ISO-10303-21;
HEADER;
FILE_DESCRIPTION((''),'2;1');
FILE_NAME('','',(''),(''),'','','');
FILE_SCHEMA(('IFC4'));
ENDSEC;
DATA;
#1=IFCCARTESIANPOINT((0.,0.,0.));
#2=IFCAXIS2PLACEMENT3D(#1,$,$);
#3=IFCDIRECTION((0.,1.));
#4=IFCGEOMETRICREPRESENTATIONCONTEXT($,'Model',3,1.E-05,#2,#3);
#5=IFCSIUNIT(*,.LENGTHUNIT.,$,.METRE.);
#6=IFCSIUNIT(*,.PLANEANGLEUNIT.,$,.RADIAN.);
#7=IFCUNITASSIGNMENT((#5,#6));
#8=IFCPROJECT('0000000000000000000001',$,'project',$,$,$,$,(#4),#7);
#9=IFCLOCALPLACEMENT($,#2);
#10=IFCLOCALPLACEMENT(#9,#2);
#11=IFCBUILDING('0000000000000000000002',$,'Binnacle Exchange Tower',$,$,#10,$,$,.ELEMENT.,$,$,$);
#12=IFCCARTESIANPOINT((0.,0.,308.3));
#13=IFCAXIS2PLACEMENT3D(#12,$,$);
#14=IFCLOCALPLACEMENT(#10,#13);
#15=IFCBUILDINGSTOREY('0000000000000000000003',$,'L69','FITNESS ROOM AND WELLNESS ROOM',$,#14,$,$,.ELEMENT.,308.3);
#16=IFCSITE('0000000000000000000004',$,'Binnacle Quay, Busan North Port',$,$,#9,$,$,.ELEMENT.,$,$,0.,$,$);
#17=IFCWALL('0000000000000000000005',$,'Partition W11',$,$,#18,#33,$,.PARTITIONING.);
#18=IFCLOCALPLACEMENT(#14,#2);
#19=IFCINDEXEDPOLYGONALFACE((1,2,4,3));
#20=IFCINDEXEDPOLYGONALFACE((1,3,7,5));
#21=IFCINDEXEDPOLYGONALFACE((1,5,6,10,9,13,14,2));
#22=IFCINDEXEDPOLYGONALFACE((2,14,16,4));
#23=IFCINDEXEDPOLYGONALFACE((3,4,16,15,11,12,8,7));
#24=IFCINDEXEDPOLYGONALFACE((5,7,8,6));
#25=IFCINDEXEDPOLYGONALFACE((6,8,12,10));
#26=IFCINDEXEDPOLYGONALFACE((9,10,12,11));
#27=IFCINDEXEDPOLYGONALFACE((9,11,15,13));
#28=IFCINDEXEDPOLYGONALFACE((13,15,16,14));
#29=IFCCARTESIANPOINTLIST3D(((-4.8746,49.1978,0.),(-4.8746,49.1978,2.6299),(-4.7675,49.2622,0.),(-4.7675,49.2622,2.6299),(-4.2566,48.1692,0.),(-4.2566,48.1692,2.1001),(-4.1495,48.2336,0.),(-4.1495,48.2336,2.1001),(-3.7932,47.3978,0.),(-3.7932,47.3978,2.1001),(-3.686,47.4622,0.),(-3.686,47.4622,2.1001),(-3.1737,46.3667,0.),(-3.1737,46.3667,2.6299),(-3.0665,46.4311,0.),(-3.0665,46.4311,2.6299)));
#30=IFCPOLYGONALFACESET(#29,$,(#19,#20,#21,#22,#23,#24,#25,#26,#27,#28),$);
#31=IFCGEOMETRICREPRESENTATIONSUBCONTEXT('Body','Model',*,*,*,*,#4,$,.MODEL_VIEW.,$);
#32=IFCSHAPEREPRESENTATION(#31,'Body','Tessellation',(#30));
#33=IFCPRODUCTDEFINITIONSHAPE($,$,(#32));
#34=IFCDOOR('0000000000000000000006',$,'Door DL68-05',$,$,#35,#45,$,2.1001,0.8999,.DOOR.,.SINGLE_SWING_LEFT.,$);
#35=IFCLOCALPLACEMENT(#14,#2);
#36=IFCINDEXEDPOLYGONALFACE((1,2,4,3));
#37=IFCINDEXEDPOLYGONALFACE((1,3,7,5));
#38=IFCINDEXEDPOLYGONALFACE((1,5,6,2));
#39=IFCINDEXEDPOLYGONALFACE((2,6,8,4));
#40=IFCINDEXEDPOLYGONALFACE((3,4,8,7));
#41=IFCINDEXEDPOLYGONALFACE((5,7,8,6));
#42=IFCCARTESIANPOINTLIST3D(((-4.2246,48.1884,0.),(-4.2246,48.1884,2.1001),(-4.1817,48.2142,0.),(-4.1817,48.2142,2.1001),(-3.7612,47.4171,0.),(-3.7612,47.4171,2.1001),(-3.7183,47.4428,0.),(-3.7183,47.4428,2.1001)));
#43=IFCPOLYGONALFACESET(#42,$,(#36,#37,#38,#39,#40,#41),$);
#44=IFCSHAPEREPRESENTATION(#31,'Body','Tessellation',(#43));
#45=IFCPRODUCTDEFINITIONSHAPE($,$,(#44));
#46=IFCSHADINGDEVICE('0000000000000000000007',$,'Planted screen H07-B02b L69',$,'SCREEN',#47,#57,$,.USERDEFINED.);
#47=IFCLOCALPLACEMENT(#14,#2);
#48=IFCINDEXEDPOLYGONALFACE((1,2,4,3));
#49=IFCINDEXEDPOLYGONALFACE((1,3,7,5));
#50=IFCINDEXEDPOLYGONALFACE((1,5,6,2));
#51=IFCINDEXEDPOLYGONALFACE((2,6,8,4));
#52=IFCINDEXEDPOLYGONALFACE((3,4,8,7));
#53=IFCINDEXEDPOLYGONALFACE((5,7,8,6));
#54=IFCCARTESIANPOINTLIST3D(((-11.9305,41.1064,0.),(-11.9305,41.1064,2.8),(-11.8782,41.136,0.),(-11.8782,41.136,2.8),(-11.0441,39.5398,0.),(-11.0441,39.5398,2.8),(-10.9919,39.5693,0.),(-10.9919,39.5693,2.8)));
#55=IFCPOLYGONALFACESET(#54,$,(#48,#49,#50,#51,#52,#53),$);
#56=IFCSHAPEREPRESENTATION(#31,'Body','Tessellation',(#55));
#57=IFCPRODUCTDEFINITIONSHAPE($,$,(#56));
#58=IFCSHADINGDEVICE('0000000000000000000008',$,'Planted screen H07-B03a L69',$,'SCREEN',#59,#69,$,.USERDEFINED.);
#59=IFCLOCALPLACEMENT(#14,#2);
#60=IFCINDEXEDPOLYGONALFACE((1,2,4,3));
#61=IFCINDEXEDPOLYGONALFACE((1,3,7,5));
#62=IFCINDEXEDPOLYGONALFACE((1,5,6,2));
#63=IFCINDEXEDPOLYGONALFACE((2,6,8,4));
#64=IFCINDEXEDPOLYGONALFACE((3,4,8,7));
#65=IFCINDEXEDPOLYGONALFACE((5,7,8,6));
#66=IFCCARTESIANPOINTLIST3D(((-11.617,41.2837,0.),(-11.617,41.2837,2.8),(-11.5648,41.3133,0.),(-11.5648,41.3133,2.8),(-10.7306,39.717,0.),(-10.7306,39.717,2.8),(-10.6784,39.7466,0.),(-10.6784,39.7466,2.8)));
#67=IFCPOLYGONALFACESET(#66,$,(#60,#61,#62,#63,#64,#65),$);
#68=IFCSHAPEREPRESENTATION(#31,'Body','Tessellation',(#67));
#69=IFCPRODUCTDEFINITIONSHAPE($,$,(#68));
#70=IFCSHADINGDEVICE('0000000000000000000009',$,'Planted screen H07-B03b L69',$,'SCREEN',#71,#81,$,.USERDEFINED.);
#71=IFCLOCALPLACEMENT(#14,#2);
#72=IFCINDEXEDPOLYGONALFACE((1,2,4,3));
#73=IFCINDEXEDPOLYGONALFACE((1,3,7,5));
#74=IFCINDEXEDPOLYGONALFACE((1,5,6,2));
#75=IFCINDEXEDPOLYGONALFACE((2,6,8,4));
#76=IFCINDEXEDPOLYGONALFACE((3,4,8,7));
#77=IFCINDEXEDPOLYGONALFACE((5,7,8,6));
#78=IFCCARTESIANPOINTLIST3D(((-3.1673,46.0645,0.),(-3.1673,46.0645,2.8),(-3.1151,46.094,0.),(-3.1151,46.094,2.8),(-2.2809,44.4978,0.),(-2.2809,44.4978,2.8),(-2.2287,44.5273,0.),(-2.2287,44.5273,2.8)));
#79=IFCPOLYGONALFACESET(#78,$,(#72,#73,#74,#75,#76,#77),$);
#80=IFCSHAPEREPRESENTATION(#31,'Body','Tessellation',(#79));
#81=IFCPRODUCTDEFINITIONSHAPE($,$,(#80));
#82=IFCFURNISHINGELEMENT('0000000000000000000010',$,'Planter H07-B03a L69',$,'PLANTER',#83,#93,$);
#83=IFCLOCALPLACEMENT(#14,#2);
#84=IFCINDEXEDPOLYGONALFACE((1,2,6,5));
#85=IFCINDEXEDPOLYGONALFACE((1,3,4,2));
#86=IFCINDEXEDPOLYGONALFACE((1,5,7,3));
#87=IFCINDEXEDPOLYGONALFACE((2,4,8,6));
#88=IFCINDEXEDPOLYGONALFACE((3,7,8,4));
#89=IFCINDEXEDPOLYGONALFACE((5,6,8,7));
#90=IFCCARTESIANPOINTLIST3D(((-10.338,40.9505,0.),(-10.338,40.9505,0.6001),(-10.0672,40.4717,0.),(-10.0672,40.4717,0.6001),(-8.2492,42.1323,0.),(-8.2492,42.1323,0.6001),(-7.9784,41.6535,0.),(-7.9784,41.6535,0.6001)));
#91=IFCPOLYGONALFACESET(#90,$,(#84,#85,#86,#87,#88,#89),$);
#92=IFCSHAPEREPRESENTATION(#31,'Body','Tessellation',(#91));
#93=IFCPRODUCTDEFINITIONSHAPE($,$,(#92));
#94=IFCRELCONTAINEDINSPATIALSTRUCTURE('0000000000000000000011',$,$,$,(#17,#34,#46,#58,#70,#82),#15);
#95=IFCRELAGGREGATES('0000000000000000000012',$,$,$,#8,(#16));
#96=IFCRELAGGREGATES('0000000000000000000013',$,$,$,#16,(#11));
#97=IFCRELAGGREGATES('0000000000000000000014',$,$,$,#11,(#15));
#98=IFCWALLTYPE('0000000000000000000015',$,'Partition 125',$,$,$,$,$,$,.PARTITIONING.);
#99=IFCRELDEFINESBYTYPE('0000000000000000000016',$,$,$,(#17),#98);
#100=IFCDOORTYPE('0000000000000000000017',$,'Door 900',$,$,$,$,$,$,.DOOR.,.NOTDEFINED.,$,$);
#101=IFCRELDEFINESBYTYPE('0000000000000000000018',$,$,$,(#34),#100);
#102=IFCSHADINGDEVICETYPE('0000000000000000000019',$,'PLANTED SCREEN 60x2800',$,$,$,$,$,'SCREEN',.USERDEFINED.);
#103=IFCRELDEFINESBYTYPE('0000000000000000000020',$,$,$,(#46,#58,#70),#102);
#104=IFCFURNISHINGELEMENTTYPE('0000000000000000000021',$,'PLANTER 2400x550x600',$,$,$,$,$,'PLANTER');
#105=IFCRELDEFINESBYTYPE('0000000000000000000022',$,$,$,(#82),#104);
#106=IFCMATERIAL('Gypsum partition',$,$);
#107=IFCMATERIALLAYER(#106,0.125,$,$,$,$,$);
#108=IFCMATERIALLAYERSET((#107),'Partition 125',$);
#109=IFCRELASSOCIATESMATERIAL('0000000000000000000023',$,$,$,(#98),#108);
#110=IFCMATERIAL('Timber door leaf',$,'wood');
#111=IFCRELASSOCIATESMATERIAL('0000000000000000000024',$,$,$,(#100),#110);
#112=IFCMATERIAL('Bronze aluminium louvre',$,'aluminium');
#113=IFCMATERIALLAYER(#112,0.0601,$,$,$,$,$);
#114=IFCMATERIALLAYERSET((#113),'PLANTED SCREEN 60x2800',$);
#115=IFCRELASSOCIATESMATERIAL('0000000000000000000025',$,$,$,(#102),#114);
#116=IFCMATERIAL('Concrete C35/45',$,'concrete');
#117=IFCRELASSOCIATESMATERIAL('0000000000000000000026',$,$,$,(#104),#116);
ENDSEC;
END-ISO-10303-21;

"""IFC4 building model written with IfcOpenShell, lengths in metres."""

from ifc_helpers import new_model, si_unit, direction, frame, frame_2d, origin, origin_2d, place, context, subcontext, project, spatial, rectangle, extrude, material, layer, layer_set, type_object, element, fill, save


model = new_model("IFC4")

# Units and contexts
model_context = context("Model", 3, precision=1e-05, world=origin(), true_north=direction((0.0, 1.0)))
body_context = subcontext(model_context, "Body", "Model", "MODEL_VIEW")
ifc_project = project(units=[si_unit("LENGTHUNIT", "METRE"), si_unit("PLANEANGLEUNIT", "RADIAN")], contexts=[model_context])

# Site, building, storey
site_placement = place(None, origin())
site = spatial("IfcSite", under=ifc_project, at=site_placement, Name="Binnacle Quay, Busan North Port", CompositionType="ELEMENT", RefElevation=0.0)
building_placement = place(site_placement, origin())
building = spatial("IfcBuilding", under=site, at=building_placement, Name="Binnacle Exchange Tower", CompositionType="ELEMENT")
storey_placement = place(building_placement, frame((0.0, 0.0, 308.3)))
storey = spatial("IfcBuildingStorey", under=building, at=storey_placement, Name="L69", Description="FITNESS ROOM AND WELLNESS ROOM", CompositionType="ELEMENT", Elevation=308.3)

# Wall, opening, door
ifc_material_1 = material(Name="Gypsum partition")
ifc_layer_1 = layer(ifc_material_1, 0.125)
ifc_layer_set_1 = layer_set([ifc_layer_1], Name="Partition 125")
wall_type_1 = type_object("IfcWallType", Name="Partition 125", PredefinedType="PARTITIONING", material=ifc_layer_set_1)
wall_1_placement = place(storey_placement, frame((-4.821, 49.23, 0.0), z_axis=(0.0, 0.0, 1.0), x_axis=(0.515007, -0.857186, 0.0)))
wall_1 = element("IfcWall", 1, at=wall_1_placement, inside=storey, type_object=wall_type_1, Name="Partition W11", PredefinedType="PARTITIONING", context=body_context, shape_type="SweptSolid", body=[
    extrude(rectangle(XDim=3.3027, YDim=0.125, at=frame_2d((1.6514, 0.0))), origin(), (0.0, 0.0, 1.0), 2.6299),
])
opening_1_placement = place(wall_1_placement, frame((1.2, 0.0, 0.0)))
opening_1 = element("IfcOpeningElement", 2, at=opening_1_placement, cuts=wall_1, PredefinedType="OPENING", context=body_context, shape_type="SweptSolid", body=[
    extrude(rectangle(XDim=0.8999, YDim=2.1001, at=frame_2d((0.45, 1.05))), frame((0.0, 0.0725, 0.0), z_axis=(0.0, -1.0, 0.0), x_axis=(1.0, 0.0, 0.0)), (0.0, 0.0, 1.0), 0.145),
])
ifc_material_2 = material(Name="Timber door leaf", Category="wood")
door_type_1 = type_object("IfcDoorType", Name="Door 900", OperationType="NOTDEFINED", PredefinedType="DOOR", material=ifc_material_2)
door_1_placement = place(opening_1_placement, origin())
door_1 = element("IfcDoor", 3, at=door_1_placement, inside=storey, type_object=door_type_1, Name="Door DL68-05", OperationType="SINGLE_SWING_LEFT", OverallHeight=2.1001, OverallWidth=0.8999, PredefinedType="DOOR", context=body_context, shape_type="SweptSolid", body=[
    extrude(rectangle(XDim=0.8999, YDim=2.1001, at=frame_2d((0.45, 1.05))), frame((0.0, 0.0249, 0.0), z_axis=(0.0, -1.0, 0.0), x_axis=(1.0, 0.0, 0.0)), (0.0, 0.0, 1.0), 0.05),
])
fill(opening_1, door_1)

# Shading devices
ifc_material_3 = material(Name="Bronze aluminium louvre", Category="aluminium")
ifc_layer_2 = layer(ifc_material_3, 0.0601)
ifc_layer_set_2 = layer_set([ifc_layer_2], Name="PLANTED SCREEN 60x2800")
shading_device_type = type_object("IfcShadingDeviceType", Name="PLANTED SCREEN 60x2800", ElementType="SCREEN", PredefinedType="USERDEFINED", material=ifc_layer_set_2)
for number, where, z_axis, x_axis, name in (
    (4, (-11.4612, 40.3379, 0.0), (0.0, 0.0, 1.0), (0.870356, 0.492424, 0.0), "Planted screen H07-B02b L69"),
    (5, (-11.1477, 40.5151, 0.0), (0.0, 0.0, 1.0), (0.870356, 0.492424, 0.0), "Planted screen H07-B03a L69"),
    (6, (-2.698, 45.2959, 0.0), (0.0, 0.0, 1.0), (0.870356, 0.492424, 0.0), "Planted screen H07-B03b L69"),
):
    element("IfcShadingDevice", number, at=place(storey_placement, frame(where, z_axis=z_axis, x_axis=x_axis)), inside=storey, type_object=shading_device_type, Name=name, ObjectType="SCREEN", PredefinedType="USERDEFINED", context=body_context, shape_type="SweptSolid", body=[
        extrude(rectangle(XDim=0.0601, YDim=1.8, at=origin_2d()), origin(), (0.0, 0.0, 1.0), 2.8),
    ])

# Furnishing element
ifc_material_4 = material(Name="Concrete C35/45", Category="concrete")
furnishing_element_type = type_object("IfcFurnishingElementType", Name="PLANTER 2400x550x600", ElementType="PLANTER", material=ifc_material_4)
furnishing_placement = place(storey_placement, frame((-9.1582, 41.302, 0.0), z_axis=(0.0, 0.0, 1.0), x_axis=(0.870356, 0.492424, 0.0)))
element("IfcFurnishingElement", 7, at=furnishing_placement, inside=storey, type_object=furnishing_element_type, Name="Planter H07-B03a L69", ObjectType="PLANTER", context=body_context, shape_type="SweptSolid", body=[
    extrude(rectangle(XDim=2.3999, YDim=0.55, at=origin_2d()), origin(), (0.0, 0.0, 1.0), 0.6001),
])

save(model, "model.ifc")
